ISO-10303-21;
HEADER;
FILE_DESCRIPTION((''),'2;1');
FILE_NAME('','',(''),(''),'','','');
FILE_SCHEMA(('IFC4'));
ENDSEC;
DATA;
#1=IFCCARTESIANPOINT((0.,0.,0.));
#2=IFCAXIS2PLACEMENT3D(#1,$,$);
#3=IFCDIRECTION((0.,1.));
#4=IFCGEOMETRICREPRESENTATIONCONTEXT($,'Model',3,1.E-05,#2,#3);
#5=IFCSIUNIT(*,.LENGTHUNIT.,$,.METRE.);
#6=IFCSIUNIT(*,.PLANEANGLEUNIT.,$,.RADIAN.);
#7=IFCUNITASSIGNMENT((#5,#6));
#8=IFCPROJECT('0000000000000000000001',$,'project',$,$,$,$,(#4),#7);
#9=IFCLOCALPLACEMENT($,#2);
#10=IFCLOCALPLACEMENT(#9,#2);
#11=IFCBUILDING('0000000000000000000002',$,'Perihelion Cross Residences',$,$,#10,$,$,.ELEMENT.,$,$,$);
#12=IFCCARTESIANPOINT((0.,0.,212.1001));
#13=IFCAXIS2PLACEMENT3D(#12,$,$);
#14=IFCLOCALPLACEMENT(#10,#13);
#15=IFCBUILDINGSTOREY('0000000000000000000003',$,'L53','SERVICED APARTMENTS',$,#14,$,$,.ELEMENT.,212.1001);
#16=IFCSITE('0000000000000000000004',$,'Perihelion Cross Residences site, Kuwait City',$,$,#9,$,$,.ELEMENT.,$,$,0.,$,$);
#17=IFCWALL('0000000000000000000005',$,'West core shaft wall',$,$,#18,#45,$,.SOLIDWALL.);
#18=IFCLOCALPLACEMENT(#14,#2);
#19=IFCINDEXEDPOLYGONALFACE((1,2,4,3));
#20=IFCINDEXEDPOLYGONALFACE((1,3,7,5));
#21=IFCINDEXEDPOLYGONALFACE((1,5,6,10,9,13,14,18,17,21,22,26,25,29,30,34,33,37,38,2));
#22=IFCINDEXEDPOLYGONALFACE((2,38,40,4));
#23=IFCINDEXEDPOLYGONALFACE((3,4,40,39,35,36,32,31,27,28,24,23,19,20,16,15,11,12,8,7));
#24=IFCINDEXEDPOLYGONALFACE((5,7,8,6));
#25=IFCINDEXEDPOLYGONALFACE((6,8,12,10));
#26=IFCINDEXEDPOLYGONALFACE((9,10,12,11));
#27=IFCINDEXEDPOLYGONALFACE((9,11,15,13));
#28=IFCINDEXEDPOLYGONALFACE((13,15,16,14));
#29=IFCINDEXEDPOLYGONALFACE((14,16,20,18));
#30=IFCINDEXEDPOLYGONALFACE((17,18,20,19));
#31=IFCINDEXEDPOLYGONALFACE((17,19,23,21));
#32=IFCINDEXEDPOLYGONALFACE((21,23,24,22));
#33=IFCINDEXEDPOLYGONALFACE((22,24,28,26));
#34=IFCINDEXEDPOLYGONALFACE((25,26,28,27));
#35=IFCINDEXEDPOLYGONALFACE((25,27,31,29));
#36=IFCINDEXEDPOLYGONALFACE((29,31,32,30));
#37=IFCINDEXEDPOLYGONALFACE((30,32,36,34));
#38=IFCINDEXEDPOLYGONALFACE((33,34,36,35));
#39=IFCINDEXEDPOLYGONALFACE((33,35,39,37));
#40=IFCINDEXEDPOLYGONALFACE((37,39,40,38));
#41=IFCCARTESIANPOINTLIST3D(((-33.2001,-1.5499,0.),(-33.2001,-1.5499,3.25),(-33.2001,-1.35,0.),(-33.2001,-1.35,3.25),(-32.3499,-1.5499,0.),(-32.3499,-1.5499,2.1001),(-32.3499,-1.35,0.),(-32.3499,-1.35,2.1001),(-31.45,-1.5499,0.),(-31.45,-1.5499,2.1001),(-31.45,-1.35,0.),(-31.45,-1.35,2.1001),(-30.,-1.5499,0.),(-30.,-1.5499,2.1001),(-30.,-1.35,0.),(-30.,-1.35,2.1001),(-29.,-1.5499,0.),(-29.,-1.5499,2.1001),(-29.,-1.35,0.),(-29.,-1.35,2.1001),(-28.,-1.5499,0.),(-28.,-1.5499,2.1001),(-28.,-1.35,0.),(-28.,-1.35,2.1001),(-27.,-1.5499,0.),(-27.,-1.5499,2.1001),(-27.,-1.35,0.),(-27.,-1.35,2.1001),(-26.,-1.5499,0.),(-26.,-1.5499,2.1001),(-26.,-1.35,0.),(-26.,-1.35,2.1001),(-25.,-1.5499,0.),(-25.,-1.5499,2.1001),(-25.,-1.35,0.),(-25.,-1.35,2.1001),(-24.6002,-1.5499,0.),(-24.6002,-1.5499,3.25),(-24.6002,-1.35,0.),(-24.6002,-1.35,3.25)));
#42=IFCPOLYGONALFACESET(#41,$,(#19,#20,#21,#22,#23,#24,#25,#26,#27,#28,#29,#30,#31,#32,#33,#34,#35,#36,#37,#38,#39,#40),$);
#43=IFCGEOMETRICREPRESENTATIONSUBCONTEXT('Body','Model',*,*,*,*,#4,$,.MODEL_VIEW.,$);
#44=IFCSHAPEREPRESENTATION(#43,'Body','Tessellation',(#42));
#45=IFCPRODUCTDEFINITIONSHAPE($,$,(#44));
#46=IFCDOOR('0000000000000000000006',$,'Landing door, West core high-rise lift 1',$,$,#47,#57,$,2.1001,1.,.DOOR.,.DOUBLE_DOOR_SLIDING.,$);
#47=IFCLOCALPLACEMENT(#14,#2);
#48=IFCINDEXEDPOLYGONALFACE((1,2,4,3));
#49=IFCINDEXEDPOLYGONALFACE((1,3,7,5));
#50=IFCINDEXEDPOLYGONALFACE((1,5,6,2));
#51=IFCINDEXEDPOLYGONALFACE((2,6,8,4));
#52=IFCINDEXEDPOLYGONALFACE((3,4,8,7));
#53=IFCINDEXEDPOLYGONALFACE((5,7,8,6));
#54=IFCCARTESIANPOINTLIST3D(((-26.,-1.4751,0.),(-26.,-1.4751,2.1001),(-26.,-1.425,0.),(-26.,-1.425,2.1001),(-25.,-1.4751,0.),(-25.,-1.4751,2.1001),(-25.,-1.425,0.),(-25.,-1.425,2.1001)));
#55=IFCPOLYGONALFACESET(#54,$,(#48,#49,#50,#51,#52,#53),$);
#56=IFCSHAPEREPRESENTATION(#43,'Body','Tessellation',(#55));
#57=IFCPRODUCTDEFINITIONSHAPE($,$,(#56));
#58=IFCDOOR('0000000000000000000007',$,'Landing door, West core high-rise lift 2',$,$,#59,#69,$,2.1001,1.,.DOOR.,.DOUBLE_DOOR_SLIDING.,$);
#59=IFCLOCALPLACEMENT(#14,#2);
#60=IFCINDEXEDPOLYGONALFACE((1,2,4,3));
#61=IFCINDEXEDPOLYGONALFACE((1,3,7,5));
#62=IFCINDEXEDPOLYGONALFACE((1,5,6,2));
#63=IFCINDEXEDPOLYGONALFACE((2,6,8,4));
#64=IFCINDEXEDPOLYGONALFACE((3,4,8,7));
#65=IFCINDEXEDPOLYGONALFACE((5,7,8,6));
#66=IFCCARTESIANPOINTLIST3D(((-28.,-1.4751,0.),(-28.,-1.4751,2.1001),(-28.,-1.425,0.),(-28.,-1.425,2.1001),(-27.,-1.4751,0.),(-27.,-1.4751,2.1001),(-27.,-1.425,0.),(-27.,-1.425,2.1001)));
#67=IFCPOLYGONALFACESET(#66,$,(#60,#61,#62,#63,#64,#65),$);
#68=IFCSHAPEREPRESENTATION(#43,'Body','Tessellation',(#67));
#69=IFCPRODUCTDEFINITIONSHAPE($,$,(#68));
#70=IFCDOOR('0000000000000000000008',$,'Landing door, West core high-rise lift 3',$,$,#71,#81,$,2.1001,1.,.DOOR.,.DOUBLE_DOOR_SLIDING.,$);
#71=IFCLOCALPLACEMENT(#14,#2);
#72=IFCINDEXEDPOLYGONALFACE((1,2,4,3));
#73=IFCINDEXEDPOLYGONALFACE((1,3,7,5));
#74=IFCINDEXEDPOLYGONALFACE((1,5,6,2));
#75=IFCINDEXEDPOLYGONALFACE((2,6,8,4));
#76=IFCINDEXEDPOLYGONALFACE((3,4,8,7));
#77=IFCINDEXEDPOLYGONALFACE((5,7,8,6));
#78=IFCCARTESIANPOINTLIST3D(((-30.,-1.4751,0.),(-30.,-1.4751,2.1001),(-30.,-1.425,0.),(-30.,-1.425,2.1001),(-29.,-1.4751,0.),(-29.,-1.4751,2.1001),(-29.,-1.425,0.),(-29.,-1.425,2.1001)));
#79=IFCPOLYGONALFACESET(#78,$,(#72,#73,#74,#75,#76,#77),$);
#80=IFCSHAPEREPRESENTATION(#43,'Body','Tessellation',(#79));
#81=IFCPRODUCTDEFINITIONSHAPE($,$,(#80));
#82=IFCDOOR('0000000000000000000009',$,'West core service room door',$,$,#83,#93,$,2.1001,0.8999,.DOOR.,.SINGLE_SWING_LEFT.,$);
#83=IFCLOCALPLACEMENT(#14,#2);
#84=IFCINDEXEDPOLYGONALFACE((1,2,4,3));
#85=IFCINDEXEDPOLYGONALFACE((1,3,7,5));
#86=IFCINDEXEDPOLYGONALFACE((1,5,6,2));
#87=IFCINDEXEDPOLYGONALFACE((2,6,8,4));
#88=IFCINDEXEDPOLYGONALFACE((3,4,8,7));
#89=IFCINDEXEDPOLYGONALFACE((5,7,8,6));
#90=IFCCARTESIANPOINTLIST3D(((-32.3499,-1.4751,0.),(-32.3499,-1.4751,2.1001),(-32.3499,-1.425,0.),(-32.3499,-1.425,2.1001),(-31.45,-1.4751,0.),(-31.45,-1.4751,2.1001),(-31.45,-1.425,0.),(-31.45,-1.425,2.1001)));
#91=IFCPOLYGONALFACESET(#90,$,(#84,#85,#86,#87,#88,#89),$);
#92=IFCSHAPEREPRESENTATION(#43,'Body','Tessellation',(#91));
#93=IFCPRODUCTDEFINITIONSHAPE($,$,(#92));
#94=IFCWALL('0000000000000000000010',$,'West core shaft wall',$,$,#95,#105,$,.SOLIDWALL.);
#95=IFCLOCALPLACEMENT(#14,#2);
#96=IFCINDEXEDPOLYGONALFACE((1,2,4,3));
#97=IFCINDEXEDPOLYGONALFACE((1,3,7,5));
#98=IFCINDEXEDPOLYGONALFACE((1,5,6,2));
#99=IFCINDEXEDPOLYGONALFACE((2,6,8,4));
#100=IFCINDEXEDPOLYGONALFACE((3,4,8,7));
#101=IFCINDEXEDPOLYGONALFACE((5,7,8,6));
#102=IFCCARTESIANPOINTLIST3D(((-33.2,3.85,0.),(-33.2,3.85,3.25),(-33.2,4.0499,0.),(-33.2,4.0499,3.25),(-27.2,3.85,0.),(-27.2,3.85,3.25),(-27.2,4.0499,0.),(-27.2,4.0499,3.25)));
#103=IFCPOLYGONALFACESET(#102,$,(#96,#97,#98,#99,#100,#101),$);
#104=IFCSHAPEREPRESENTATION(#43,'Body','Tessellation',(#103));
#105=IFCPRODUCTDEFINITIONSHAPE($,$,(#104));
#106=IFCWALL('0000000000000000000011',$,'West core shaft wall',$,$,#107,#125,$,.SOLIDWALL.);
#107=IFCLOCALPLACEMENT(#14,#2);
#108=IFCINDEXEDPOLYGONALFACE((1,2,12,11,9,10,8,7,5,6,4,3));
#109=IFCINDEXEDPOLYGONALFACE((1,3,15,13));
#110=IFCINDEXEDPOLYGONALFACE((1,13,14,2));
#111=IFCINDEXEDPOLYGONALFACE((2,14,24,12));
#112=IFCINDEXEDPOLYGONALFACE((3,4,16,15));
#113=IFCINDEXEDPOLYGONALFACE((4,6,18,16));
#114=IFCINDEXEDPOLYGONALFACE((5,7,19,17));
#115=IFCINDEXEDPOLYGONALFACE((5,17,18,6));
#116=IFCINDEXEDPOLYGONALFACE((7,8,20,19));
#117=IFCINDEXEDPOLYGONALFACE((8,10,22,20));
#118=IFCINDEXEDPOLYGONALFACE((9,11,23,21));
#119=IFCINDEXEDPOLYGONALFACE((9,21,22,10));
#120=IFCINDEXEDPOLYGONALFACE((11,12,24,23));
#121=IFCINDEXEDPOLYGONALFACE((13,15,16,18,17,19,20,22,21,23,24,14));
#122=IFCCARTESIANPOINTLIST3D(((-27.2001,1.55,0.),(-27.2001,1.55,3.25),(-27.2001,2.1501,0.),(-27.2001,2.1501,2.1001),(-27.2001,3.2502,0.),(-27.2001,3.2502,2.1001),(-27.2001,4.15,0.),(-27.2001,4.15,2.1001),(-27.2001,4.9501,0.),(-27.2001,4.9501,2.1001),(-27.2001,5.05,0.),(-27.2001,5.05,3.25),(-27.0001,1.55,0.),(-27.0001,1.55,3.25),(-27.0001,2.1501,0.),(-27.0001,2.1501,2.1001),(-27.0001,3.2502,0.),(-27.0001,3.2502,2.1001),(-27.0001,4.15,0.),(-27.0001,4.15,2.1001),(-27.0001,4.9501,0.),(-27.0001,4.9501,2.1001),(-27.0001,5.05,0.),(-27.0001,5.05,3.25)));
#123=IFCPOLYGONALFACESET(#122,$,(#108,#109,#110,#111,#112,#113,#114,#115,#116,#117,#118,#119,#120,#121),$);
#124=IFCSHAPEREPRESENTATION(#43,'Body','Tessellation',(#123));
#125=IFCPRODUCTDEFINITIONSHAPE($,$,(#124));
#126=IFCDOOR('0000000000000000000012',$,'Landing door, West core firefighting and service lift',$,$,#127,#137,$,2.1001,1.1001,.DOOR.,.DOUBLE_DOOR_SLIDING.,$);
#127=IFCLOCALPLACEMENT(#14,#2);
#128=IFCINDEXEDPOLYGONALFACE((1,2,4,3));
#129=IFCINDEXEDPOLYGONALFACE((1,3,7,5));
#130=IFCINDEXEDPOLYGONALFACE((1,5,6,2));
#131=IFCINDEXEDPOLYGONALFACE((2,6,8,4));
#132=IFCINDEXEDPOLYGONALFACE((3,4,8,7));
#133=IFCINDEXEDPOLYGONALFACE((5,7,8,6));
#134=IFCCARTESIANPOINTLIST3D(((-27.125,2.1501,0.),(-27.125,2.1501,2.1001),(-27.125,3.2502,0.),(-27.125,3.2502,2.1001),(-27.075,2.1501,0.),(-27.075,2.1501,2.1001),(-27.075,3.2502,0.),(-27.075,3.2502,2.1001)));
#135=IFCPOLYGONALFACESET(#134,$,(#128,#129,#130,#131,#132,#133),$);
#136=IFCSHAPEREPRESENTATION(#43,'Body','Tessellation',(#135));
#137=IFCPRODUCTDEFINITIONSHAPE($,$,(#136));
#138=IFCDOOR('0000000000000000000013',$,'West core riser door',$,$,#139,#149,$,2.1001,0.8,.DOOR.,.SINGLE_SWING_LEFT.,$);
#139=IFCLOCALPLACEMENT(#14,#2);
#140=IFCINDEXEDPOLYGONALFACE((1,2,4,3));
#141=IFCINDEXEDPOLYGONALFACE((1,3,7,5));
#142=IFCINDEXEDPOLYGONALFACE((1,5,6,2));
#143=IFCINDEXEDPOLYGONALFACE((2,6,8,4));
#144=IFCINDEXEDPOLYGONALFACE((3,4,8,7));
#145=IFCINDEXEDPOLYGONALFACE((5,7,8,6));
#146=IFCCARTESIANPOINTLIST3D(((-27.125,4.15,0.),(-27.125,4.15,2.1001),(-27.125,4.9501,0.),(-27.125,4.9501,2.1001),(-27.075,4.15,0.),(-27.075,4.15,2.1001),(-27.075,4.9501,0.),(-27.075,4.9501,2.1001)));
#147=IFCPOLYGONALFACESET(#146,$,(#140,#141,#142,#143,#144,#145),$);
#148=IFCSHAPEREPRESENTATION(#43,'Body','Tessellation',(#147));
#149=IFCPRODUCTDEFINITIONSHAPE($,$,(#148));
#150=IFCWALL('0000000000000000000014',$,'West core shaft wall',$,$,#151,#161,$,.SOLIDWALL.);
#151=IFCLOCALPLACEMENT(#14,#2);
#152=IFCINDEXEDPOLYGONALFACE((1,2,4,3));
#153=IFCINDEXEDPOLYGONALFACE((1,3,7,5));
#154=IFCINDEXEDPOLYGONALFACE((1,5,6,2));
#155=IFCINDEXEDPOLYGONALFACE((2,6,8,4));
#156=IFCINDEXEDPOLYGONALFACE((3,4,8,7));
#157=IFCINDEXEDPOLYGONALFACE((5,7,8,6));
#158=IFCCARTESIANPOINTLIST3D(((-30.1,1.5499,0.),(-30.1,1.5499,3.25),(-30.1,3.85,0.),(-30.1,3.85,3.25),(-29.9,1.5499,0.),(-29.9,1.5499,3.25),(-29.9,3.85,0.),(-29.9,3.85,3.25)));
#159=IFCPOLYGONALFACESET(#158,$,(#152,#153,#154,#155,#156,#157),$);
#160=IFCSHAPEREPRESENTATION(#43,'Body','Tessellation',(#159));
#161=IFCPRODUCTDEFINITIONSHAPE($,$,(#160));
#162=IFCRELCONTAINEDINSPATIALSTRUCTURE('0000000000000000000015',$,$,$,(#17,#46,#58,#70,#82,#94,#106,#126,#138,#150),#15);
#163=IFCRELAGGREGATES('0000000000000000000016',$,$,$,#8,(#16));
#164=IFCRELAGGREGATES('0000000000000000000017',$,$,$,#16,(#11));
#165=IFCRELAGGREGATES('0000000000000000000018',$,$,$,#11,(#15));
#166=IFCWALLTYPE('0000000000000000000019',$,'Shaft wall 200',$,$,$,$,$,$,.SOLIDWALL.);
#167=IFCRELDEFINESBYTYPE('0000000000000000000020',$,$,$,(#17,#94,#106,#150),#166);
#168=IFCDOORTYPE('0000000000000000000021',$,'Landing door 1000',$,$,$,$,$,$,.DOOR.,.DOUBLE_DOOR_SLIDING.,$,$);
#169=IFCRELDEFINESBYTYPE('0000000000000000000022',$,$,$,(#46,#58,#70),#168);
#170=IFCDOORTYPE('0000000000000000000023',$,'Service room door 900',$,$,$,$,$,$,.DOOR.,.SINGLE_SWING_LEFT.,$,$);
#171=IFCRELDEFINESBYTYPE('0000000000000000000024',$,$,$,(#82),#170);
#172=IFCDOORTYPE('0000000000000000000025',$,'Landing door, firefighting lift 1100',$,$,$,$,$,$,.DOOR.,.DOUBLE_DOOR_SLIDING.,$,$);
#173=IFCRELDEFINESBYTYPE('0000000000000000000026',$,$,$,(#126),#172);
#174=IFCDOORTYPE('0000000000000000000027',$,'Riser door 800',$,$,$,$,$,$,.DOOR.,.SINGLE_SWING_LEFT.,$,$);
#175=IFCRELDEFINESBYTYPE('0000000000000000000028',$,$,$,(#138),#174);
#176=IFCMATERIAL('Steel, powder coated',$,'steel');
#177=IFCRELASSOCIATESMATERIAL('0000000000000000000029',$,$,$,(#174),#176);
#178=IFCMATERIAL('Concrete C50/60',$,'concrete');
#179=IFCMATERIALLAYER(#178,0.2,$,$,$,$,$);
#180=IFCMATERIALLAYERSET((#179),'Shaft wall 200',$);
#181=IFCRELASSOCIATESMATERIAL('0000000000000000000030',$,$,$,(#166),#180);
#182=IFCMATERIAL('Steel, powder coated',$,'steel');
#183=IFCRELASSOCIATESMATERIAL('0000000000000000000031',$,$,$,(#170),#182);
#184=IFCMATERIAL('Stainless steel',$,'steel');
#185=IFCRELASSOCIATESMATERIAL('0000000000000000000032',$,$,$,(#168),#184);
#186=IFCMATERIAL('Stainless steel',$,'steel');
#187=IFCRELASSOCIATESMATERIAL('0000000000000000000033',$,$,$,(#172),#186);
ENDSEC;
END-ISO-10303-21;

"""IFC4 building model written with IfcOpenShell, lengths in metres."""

from ifc_helpers import new_model, si_unit, direction, frame, frame_2d, origin, place, context, subcontext, project, spatial, rectangle, extrude, material, layer, layer_set, type_object, element, fill, save


model = new_model("IFC4")

# Units and contexts
model_context = context("Model", 3, precision=1e-05, world=origin(), true_north=direction((0.0, 1.0)))
body_context = subcontext(model_context, "Body", "Model", "MODEL_VIEW")
ifc_project = project(units=[si_unit("LENGTHUNIT", "METRE"), si_unit("PLANEANGLEUNIT", "RADIAN")], contexts=[model_context])

# Site, building, storey
site_placement = place(None, origin())
site = spatial("IfcSite", under=ifc_project, at=site_placement, Name="Perihelion Cross Residences site, Kuwait City", CompositionType="ELEMENT", RefElevation=0.0)
building_placement = place(site_placement, origin())
building = spatial("IfcBuilding", under=site, at=building_placement, Name="Perihelion Cross Residences", CompositionType="ELEMENT")
storey_placement = place(building_placement, frame((0.0, 0.0, 212.1001)))
storey = spatial("IfcBuildingStorey", under=building, at=storey_placement, Name="L53", Description="SERVICED APARTMENTS", CompositionType="ELEMENT", Elevation=212.1001)

# Shared definitions
ifc_material_1 = material(Name="Steel, powder coated", Category="steel")
door_type_1 = type_object("IfcDoorType", Name="Riser door 800", OperationType="SINGLE_SWING_LEFT", PredefinedType="DOOR", material=ifc_material_1)

# Wall, openings, doors
ifc_material_2 = material(Name="Concrete C50/60", Category="concrete")
ifc_layer_1 = layer(ifc_material_2, 0.2)
ifc_layer_set_1 = layer_set([ifc_layer_1], Name="Shaft wall 200")
wall_type_1 = type_object("IfcWallType", Name="Shaft wall 200", PredefinedType="SOLIDWALL", material=ifc_layer_set_1)
ifc_material_3 = material(Name="Steel, powder coated", Category="steel")
door_type_2 = type_object("IfcDoorType", Name="Service room door 900", OperationType="SINGLE_SWING_LEFT", PredefinedType="DOOR", material=ifc_material_3)
wall_1_placement = place(storey_placement, frame((-33.2, -1.45, 0.0), z_axis=(0.0, 0.0, 1.0), x_axis=(1.0, 0.0, 0.0)))
wall_1 = element("IfcWall", 1, at=wall_1_placement, inside=storey, type_object=wall_type_1, Name="West core shaft wall", PredefinedType="SOLIDWALL", context=body_context, shape_type="SweptSolid", body=[
    extrude(rectangle(XDim=8.5999, YDim=0.2, at=frame_2d((4.2998, 0.0))), origin(), (0.0, 0.0, 1.0), 3.25),
])
opening_1_placement = place(wall_1_placement, frame((7.2, 0.0, 0.0)))
opening_1 = element("IfcOpeningElement", 2, at=opening_1_placement, cuts=wall_1, PredefinedType="OPENING", context=body_context, shape_type="SweptSolid", body=[
    extrude(rectangle(XDim=1.0, YDim=2.1001, at=frame_2d((0.5, 1.05))), frame((0.0, 0.1099, 0.0), z_axis=(0.0, -1.0, 0.0), x_axis=(1.0, 0.0, 0.0)), (0.0, 0.0, 1.0), 0.22),
])
opening_2_placement = place(wall_1_placement, frame((5.2, 0.0, 0.0)))
opening_2 = element("IfcOpeningElement", 3, at=opening_2_placement, cuts=wall_1, PredefinedType="OPENING", context=body_context, shape_type="SweptSolid", body=[
    extrude(rectangle(XDim=1.0, YDim=2.1001, at=frame_2d((0.5, 1.05))), frame((0.0, 0.1099, 0.0), z_axis=(0.0, -1.0, 0.0), x_axis=(1.0, 0.0, 0.0)), (0.0, 0.0, 1.0), 0.22),
])
opening_3_placement = place(wall_1_placement, frame((3.2, 0.0, 0.0)))
opening_3 = element("IfcOpeningElement", 4, at=opening_3_placement, cuts=wall_1, PredefinedType="OPENING", context=body_context, shape_type="SweptSolid", body=[
    extrude(rectangle(XDim=1.0, YDim=2.1001, at=frame_2d((0.5, 1.05))), frame((0.0, 0.1099, 0.0), z_axis=(0.0, -1.0, 0.0), x_axis=(1.0, 0.0, 0.0)), (0.0, 0.0, 1.0), 0.22),
])
opening_4_placement = place(wall_1_placement, frame((0.8501, 0.0, 0.0)))
opening_4 = element("IfcOpeningElement", 5, at=opening_4_placement, cuts=wall_1, PredefinedType="OPENING", context=body_context, shape_type="SweptSolid", body=[
    extrude(rectangle(XDim=0.8999, YDim=2.1001, at=frame_2d((0.45, 1.05))), frame((0.0, 0.1099, 0.0), z_axis=(0.0, -1.0, 0.0), x_axis=(1.0, 0.0, 0.0)), (0.0, 0.0, 1.0), 0.22),
])
ifc_material_4 = material(Name="Stainless steel", Category="steel")
door_type_3 = type_object("IfcDoorType", Name="Landing door 1000", OperationType="DOUBLE_DOOR_SLIDING", PredefinedType="DOOR", material=ifc_material_4)
door_1_placement = place(opening_1_placement, origin())
door_1 = element("IfcDoor", 6, at=door_1_placement, inside=storey, type_object=door_type_3, Name="Landing door, West core high-rise lift 1", OperationType="DOUBLE_DOOR_SLIDING", OverallHeight=2.1001, OverallWidth=1.0, PredefinedType="DOOR", context=body_context, shape_type="SweptSolid", body=[
    extrude(rectangle(XDim=1.0, YDim=2.1001, at=frame_2d((0.5, 1.05))), frame((0.0, 0.0249, 0.0), z_axis=(0.0, -1.0, 0.0), x_axis=(1.0, 0.0, 0.0)), (0.0, 0.0, 1.0), 0.05),
])
fill(opening_1, door_1)
door_2_placement = place(opening_2_placement, origin())
door_2 = element("IfcDoor", 7, at=door_2_placement, inside=storey, type_object=door_type_3, Name="Landing door, West core high-rise lift 2", OperationType="DOUBLE_DOOR_SLIDING", OverallHeight=2.1001, OverallWidth=1.0, PredefinedType="DOOR", context=body_context, shape_type="SweptSolid", body=[
    extrude(rectangle(XDim=1.0, YDim=2.1001, at=frame_2d((0.5, 1.05))), frame((0.0, 0.0249, 0.0), z_axis=(0.0, -1.0, 0.0), x_axis=(1.0, 0.0, 0.0)), (0.0, 0.0, 1.0), 0.05),
])
fill(opening_2, door_2)
door_3_placement = place(opening_3_placement, origin())
door_3 = element("IfcDoor", 8, at=door_3_placement, inside=storey, type_object=door_type_3, Name="Landing door, West core high-rise lift 3", OperationType="DOUBLE_DOOR_SLIDING", OverallHeight=2.1001, OverallWidth=1.0, PredefinedType="DOOR", context=body_context, shape_type="SweptSolid", body=[
    extrude(rectangle(XDim=1.0, YDim=2.1001, at=frame_2d((0.5, 1.05))), frame((0.0, 0.0249, 0.0), z_axis=(0.0, -1.0, 0.0), x_axis=(1.0, 0.0, 0.0)), (0.0, 0.0, 1.0), 0.05),
])
fill(opening_3, door_3)
door_4_placement = place(opening_4_placement, origin())
door_4 = element("IfcDoor", 9, at=door_4_placement, inside=storey, type_object=door_type_2, Name="West core service room door", OperationType="SINGLE_SWING_LEFT", OverallHeight=2.1001, OverallWidth=0.8999, PredefinedType="DOOR", context=body_context, shape_type="SweptSolid", body=[
    extrude(rectangle(XDim=0.8999, YDim=2.1001, at=frame_2d((0.45, 1.05))), frame((0.0, 0.0249, 0.0), z_axis=(0.0, -1.0, 0.0), x_axis=(1.0, 0.0, 0.0)), (0.0, 0.0, 1.0), 0.05),
])
fill(opening_4, door_4)

# Wall
wall_2_placement = place(storey_placement, frame((-33.2, 3.95, 0.0), z_axis=(0.0, 0.0, 1.0), x_axis=(1.0, 0.0, 0.0)))
element("IfcWall", 10, at=wall_2_placement, inside=storey, type_object=wall_type_1, Name="West core shaft wall", PredefinedType="SOLIDWALL", context=body_context, shape_type="SweptSolid", body=[
    extrude(rectangle(XDim=6.0, YDim=0.2, at=frame_2d((3.0, 0.0))), origin(), (0.0, 0.0, 1.0), 3.25),
])

# Wall, openings, doors
wall_3_placement = place(storey_placement, frame((-27.1001, 1.55, 0.0), z_axis=(0.0, 0.0, 1.0), x_axis=(0.0, 1.0, 0.0)))
wall_3 = element("IfcWall", 11, at=wall_3_placement, inside=storey, type_object=wall_type_1, Name="West core shaft wall", PredefinedType="SOLIDWALL", context=body_context, shape_type="SweptSolid", body=[
    extrude(rectangle(XDim=3.5, YDim=0.2, at=frame_2d((1.75, 0.0))), origin(), (0.0, 0.0, 1.0), 3.25),
])
opening_5_placement = place(wall_3_placement, frame((0.6001, 0.0, 0.0)))
opening_5 = element("IfcOpeningElement", 12, at=opening_5_placement, cuts=wall_3, PredefinedType="OPENING", context=body_context, shape_type="SweptSolid", body=[
    extrude(rectangle(XDim=1.1001, YDim=2.1001, at=frame_2d((0.55, 1.05))), frame((0.0, 0.1099, 0.0), z_axis=(0.0, -1.0, 0.0), x_axis=(1.0, 0.0, 0.0)), (0.0, 0.0, 1.0), 0.22),
])
opening_6_placement = place(wall_3_placement, frame((2.6001, 0.0, 0.0)))
opening_6 = element("IfcOpeningElement", 13, at=opening_6_placement, cuts=wall_3, PredefinedType="OPENING", context=body_context, shape_type="SweptSolid", body=[
    extrude(rectangle(XDim=0.8, YDim=2.1001, at=frame_2d((0.3999, 1.05))), frame((0.0, 0.1099, 0.0), z_axis=(0.0, -1.0, 0.0), x_axis=(1.0, 0.0, 0.0)), (0.0, 0.0, 1.0), 0.22),
])
ifc_material_5 = material(Name="Stainless steel", Category="steel")
door_type_4 = type_object("IfcDoorType", Name="Landing door, firefighting lift 1100", OperationType="DOUBLE_DOOR_SLIDING", PredefinedType="DOOR", material=ifc_material_5)
door_5_placement = place(opening_5_placement, origin())
door_5 = element("IfcDoor", 14, at=door_5_placement, inside=storey, type_object=door_type_4, Name="Landing door, West core firefighting and service lift", OperationType="DOUBLE_DOOR_SLIDING", OverallHeight=2.1001, OverallWidth=1.1001, PredefinedType="DOOR", context=body_context, shape_type="SweptSolid", body=[
    extrude(rectangle(XDim=1.1001, YDim=2.1001, at=frame_2d((0.55, 1.05))), frame((0.0, 0.0249, 0.0), z_axis=(0.0, -1.0, 0.0), x_axis=(1.0, 0.0, 0.0)), (0.0, 0.0, 1.0), 0.05),
])
fill(opening_5, door_5)
door_6_placement = place(opening_6_placement, origin())
door_6 = element("IfcDoor", 15, at=door_6_placement, inside=storey, type_object=door_type_1, Name="West core riser door", OperationType="SINGLE_SWING_LEFT", OverallHeight=2.1001, OverallWidth=0.8, PredefinedType="DOOR", context=body_context, shape_type="SweptSolid", body=[
    extrude(rectangle(XDim=0.8, YDim=2.1001, at=frame_2d((0.3999, 1.05))), frame((0.0, 0.0249, 0.0), z_axis=(0.0, -1.0, 0.0), x_axis=(1.0, 0.0, 0.0)), (0.0, 0.0, 1.0), 0.05),
])
fill(opening_6, door_6)

# Wall
for number, where, z_axis, x_axis, name in (
    (16, (-30.0, 1.55, 0.0), (0.0, 0.0, 1.0), (0.0, 1.0, 0.0), "West core shaft wall"),
):
    element("IfcWall", number, at=place(storey_placement, frame(where, z_axis=z_axis, x_axis=x_axis)), inside=storey, type_object=wall_type_1, Name=name, PredefinedType="SOLIDWALL", context=body_context, shape_type="SweptSolid", body=[
        extrude(rectangle(XDim=2.3, YDim=0.2, at=frame_2d((1.1499, 0.0))), origin(), (0.0, 0.0, 1.0), 3.25),
    ])

save(model, "model.ifc")
